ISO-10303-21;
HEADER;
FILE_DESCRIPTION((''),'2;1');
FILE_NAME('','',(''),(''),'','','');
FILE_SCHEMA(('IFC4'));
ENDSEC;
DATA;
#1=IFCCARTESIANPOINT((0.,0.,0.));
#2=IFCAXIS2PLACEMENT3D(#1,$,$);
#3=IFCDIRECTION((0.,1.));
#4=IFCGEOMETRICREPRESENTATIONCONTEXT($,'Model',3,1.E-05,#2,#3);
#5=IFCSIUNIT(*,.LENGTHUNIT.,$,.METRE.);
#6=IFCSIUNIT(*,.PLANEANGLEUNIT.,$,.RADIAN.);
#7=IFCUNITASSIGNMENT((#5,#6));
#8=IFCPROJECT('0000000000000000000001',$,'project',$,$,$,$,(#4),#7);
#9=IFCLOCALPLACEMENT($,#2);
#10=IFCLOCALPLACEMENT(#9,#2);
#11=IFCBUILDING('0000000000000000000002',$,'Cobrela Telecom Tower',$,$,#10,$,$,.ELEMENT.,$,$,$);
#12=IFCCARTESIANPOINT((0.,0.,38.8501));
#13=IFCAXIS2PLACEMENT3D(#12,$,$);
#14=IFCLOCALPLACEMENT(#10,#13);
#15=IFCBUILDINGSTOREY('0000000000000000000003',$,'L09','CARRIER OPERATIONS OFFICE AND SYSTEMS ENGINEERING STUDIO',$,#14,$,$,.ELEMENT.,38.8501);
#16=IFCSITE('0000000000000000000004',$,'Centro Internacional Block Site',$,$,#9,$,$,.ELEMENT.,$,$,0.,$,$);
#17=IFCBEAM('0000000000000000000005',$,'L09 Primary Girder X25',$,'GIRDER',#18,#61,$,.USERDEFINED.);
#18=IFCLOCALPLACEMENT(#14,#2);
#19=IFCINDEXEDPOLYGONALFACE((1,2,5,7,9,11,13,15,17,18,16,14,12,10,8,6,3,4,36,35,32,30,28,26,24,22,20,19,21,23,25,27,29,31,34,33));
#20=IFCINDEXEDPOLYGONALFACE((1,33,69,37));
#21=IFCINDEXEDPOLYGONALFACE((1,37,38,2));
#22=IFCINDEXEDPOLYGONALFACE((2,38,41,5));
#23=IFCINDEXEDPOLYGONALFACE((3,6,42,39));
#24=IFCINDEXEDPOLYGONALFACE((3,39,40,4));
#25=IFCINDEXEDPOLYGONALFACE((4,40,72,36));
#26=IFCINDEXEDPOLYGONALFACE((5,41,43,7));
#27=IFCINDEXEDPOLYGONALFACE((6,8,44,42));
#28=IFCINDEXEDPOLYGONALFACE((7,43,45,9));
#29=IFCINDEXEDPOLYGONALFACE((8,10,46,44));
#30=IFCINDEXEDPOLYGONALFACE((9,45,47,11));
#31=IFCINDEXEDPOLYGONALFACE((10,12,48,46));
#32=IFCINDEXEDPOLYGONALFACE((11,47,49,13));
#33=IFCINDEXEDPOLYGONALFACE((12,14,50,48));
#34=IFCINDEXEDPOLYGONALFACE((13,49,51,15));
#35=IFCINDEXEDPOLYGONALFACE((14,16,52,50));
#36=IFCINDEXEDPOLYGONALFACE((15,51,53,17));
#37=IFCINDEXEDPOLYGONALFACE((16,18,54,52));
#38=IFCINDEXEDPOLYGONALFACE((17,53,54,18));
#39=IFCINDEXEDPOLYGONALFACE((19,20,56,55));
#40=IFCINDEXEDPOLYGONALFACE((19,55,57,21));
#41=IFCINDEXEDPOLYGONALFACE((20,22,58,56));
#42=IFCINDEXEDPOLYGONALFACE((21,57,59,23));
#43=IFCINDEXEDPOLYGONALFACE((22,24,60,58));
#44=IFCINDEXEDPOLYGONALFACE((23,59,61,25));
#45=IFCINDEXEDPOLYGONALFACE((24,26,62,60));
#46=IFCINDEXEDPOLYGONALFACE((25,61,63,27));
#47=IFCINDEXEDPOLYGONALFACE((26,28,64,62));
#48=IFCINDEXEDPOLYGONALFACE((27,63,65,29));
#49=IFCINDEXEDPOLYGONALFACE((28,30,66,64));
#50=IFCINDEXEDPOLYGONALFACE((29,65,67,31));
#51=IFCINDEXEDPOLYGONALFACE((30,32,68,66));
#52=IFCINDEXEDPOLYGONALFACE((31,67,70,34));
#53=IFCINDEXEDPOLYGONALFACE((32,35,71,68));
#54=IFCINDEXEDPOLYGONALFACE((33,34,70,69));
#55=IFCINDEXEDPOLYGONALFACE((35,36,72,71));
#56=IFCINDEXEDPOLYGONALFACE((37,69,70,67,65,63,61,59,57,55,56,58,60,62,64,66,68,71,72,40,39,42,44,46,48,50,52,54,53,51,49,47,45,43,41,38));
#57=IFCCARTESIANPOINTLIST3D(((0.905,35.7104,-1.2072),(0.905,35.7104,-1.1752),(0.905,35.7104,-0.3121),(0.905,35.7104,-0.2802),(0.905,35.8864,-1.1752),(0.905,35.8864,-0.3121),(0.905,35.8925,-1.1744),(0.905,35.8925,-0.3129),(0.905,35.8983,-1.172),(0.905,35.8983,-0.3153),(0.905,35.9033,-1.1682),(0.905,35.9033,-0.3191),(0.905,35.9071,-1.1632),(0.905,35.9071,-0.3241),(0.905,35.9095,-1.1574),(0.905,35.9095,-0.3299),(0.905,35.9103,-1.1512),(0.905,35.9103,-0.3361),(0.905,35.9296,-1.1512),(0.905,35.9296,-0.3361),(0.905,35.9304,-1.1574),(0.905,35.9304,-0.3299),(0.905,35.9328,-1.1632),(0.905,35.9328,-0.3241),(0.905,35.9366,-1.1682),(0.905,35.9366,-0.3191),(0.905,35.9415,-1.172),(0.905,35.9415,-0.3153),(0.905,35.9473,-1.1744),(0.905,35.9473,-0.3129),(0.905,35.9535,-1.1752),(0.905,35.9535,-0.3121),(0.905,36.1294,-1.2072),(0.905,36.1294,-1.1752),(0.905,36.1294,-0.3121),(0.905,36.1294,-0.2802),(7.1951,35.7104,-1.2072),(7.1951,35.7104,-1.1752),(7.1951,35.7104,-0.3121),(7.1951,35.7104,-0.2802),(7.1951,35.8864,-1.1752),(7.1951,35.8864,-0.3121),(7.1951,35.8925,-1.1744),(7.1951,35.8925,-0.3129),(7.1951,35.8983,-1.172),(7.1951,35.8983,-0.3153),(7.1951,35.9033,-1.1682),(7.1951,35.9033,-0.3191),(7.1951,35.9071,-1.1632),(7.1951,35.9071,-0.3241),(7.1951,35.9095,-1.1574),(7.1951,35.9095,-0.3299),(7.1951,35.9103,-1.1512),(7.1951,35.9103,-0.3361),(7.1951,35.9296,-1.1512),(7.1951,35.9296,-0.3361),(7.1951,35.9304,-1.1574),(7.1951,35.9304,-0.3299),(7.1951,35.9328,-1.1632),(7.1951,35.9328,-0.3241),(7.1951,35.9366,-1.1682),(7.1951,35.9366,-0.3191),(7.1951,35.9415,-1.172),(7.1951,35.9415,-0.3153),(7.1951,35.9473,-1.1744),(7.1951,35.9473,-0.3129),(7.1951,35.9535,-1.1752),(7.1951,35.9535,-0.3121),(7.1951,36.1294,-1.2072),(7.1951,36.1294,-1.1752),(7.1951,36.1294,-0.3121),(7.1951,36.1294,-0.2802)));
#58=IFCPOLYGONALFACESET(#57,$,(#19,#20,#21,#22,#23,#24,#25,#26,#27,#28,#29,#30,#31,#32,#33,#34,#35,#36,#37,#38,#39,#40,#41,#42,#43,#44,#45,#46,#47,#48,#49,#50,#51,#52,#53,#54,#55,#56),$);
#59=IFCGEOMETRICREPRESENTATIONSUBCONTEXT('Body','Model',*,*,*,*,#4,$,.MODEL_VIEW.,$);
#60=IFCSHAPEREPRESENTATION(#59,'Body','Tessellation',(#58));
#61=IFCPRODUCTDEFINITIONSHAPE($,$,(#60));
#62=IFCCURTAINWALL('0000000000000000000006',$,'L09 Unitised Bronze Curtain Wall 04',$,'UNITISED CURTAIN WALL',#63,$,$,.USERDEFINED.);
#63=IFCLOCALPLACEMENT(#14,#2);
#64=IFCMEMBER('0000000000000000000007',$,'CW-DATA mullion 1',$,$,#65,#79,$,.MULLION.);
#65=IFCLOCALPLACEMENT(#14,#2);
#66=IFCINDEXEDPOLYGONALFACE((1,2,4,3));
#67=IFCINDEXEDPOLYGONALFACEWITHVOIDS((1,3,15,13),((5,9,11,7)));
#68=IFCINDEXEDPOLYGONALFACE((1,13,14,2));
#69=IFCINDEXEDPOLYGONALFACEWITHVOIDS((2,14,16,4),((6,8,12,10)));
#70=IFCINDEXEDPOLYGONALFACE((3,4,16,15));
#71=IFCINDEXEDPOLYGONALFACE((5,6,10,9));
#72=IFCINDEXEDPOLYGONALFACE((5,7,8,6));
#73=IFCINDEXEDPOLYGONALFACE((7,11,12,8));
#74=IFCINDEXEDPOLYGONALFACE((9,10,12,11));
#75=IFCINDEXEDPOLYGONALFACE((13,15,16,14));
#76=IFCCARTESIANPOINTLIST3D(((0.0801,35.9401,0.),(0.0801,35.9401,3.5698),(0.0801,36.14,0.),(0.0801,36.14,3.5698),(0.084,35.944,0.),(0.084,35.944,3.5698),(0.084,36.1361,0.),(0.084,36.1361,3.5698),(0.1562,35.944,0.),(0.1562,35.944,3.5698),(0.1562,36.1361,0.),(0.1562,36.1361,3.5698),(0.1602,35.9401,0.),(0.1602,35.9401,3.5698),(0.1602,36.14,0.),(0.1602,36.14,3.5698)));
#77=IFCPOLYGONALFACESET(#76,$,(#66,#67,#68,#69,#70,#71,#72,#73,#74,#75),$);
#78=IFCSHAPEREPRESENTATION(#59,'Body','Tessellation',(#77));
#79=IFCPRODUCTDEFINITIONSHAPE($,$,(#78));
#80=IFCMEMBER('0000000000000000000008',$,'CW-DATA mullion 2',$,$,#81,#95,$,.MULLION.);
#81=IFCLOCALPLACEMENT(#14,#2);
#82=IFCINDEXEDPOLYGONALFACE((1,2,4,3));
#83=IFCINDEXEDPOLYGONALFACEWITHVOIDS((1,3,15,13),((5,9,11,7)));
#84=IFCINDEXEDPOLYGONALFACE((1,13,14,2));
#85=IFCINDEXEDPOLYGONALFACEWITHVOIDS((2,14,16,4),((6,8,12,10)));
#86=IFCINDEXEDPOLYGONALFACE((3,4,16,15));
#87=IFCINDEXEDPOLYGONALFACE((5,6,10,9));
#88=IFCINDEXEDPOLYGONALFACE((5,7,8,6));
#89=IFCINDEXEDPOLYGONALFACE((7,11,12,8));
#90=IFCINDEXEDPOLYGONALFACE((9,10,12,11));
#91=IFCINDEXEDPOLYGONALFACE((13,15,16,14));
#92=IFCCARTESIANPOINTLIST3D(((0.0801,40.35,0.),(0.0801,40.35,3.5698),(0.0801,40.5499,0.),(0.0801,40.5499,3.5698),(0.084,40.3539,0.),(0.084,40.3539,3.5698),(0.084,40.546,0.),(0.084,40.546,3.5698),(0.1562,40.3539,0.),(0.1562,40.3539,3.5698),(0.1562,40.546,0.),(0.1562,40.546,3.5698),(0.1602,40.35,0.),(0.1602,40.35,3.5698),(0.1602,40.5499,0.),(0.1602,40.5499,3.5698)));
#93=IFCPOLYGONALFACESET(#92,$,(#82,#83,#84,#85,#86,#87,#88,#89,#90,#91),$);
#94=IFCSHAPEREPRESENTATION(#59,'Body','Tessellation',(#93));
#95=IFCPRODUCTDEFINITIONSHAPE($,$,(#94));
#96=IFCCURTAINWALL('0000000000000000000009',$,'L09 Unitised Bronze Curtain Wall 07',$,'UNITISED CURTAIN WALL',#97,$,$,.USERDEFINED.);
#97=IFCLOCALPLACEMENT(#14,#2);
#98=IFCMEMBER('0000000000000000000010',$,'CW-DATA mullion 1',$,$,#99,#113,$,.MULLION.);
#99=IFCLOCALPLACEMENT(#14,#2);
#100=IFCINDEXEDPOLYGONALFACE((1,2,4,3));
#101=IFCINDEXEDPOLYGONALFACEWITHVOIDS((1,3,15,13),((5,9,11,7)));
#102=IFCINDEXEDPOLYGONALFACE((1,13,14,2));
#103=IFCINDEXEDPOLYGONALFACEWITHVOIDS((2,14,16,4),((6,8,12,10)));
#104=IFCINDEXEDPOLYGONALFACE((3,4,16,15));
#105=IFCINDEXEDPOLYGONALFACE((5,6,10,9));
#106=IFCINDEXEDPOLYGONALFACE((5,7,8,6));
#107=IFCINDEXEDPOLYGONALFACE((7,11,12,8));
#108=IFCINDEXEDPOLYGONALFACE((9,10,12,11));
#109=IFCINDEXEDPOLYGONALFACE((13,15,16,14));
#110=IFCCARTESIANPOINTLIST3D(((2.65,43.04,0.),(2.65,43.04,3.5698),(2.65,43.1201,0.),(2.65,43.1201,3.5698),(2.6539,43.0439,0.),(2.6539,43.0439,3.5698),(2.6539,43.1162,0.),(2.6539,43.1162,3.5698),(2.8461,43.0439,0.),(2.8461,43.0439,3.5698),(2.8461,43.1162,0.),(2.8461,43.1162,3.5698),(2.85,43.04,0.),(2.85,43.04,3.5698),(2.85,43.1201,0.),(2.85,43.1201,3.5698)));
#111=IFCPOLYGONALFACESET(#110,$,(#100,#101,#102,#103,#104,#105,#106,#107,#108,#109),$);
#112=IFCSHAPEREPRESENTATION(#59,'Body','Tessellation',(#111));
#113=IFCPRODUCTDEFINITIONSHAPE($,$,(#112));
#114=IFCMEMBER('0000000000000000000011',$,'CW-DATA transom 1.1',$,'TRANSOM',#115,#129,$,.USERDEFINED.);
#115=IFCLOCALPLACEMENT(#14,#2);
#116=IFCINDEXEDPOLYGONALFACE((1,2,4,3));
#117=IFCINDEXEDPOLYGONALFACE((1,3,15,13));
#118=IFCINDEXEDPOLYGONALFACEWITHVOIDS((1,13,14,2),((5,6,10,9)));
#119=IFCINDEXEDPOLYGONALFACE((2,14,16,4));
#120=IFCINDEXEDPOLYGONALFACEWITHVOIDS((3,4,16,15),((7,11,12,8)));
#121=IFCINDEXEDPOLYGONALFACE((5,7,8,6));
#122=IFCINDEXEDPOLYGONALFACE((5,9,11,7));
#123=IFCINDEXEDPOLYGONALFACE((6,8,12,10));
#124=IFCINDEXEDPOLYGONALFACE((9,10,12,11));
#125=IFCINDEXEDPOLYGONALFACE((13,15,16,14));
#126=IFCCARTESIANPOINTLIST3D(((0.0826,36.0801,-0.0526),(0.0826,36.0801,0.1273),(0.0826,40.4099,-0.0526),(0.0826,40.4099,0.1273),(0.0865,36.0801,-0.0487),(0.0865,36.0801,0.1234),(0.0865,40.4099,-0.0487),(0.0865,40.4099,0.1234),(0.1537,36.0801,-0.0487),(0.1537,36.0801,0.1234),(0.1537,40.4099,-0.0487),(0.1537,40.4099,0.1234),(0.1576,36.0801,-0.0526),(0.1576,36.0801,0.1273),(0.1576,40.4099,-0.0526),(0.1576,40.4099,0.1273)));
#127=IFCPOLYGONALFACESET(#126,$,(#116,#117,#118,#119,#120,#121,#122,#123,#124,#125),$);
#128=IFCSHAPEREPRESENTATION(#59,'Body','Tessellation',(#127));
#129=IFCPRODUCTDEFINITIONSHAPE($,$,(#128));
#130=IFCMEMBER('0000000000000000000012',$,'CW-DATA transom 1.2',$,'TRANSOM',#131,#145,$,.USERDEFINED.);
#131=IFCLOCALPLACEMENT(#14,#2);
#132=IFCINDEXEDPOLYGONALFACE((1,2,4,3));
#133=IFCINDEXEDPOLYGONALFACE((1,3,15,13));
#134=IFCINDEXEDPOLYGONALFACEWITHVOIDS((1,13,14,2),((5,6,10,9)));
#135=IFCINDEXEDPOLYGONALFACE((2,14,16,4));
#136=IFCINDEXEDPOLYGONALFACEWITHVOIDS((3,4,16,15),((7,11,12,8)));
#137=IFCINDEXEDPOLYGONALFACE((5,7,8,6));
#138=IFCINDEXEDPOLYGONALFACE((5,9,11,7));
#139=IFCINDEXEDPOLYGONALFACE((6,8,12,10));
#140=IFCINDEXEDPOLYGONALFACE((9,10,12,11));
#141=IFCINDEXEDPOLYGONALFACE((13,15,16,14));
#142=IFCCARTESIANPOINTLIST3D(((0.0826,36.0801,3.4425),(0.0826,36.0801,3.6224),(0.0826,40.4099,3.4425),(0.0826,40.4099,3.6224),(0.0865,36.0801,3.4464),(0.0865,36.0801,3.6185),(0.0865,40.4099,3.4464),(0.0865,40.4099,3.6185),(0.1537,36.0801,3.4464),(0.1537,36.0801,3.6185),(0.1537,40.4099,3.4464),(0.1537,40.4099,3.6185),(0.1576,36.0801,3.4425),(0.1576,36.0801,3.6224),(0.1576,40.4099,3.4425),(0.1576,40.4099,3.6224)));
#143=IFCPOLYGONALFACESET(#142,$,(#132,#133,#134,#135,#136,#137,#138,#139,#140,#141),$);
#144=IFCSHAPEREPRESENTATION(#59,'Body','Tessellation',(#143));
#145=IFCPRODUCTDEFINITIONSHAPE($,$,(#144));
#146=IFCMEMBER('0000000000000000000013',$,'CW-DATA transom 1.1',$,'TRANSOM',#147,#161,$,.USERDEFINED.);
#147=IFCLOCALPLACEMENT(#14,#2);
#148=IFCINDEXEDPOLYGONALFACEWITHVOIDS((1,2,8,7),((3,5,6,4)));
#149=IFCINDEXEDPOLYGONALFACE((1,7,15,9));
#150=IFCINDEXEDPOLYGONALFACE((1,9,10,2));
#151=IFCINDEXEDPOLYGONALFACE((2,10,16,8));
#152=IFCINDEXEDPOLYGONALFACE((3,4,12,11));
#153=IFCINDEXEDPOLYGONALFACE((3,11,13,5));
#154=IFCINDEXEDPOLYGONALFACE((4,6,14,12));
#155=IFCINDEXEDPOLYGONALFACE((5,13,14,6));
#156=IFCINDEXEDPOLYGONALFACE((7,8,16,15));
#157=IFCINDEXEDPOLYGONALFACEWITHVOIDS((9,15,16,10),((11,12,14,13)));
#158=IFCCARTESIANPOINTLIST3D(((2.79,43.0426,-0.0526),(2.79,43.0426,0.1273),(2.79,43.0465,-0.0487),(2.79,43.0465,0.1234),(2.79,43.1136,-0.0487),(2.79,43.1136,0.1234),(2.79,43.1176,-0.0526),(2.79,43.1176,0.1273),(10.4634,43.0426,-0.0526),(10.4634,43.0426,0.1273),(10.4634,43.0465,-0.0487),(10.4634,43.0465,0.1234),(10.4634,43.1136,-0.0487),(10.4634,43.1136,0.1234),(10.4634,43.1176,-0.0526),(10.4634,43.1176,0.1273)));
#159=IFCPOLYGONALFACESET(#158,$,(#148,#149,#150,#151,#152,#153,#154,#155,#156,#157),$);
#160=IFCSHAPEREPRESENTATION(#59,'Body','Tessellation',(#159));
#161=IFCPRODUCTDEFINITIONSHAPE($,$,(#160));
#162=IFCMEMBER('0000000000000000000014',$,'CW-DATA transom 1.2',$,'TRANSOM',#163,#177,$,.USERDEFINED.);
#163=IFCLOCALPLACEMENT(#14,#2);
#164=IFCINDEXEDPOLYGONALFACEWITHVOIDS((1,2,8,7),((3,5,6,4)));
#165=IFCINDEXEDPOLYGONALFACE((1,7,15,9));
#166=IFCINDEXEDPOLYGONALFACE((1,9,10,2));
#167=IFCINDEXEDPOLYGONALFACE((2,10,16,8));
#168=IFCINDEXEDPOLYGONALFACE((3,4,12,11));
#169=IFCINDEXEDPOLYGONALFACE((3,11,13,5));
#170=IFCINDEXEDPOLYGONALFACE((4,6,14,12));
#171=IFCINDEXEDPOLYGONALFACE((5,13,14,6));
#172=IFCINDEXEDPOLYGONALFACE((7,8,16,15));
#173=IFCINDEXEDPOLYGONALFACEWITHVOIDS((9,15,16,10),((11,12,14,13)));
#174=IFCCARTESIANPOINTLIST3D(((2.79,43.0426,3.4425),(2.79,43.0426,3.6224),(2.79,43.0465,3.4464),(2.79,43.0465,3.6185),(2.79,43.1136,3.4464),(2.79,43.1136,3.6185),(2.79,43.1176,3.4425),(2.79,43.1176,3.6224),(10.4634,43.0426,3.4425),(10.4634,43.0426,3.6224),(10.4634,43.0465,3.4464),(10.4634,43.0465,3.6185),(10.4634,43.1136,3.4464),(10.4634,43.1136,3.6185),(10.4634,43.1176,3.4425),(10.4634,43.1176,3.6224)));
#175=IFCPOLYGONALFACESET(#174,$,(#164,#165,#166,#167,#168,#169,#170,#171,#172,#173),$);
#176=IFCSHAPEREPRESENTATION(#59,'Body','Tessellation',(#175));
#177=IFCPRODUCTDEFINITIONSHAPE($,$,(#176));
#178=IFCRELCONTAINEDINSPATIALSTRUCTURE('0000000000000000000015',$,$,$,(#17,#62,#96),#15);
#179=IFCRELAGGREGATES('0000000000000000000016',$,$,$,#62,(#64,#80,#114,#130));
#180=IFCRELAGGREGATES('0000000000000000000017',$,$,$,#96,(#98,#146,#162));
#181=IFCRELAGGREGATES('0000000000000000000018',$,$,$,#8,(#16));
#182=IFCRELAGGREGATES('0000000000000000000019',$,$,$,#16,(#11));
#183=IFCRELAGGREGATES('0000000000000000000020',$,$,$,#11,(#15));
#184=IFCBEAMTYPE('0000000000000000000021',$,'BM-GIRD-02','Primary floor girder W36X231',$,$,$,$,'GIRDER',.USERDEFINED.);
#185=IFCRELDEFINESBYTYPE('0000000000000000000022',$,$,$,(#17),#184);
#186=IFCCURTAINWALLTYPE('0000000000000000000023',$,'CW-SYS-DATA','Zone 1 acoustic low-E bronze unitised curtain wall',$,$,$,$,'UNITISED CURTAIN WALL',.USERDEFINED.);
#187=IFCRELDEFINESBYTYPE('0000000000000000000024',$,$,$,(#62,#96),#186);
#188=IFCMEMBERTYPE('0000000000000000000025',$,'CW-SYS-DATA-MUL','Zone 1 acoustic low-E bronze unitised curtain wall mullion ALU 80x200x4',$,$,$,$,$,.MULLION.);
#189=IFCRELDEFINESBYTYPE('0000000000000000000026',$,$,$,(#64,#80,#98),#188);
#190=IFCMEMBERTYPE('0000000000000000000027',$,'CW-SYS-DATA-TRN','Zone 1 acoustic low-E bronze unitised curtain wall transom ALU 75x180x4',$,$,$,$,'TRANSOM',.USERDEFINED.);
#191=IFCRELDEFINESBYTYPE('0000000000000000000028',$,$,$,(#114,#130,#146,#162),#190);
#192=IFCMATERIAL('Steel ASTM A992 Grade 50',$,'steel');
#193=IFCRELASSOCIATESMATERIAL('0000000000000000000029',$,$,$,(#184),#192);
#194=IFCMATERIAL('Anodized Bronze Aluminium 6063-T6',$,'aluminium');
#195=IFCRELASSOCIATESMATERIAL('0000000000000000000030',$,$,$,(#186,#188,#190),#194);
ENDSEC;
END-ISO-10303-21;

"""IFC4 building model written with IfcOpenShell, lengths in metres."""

from ifc_helpers import new_model, si_unit, direction, frame, origin, origin_2d, place, context, subcontext, project, spatial, hollow_rectangle, i_section, extrude, material, material_profile, profile_set, type_object, element, aggregate, save


model = new_model("IFC4")

# Units and contexts
model_context = context("Model", 3, precision=1e-05, world=origin(), true_north=direction((0.0, 1.0)))
body_context = subcontext(model_context, "Body", "Model", "MODEL_VIEW")
ifc_project = project(units=[si_unit("LENGTHUNIT", "METRE"), si_unit("PLANEANGLEUNIT", "RADIAN")], contexts=[model_context])

# Site, building, storey
site_placement = place(None, origin())
site = spatial("IfcSite", under=ifc_project, at=site_placement, Name="Centro Internacional Block Site", CompositionType="ELEMENT", RefElevation=0.0)
building_placement = place(site_placement, origin())
building = spatial("IfcBuilding", under=site, at=building_placement, Name="Cobrela Telecom Tower", CompositionType="ELEMENT")
storey_placement = place(building_placement, frame((0.0, 0.0, 38.8501)))
storey = spatial("IfcBuildingStorey", under=building, at=storey_placement, Name="L09", Description="CARRIER OPERATIONS OFFICE AND SYSTEMS ENGINEERING STUDIO", CompositionType="ELEMENT", Elevation=38.8501)

# Beam
ifc_material_1 = material(Name="Steel ASTM A992 Grade 50", Category="steel")
ifc_material_profile_1 = material_profile(ifc_material_1, i_section(OverallWidth=0.4189, OverallDepth=0.927, WebThickness=0.0193, FlangeThickness=0.032, FilletRadius=0.0239, at=origin_2d()), Name="W36X231")
ifc_profile_set_1 = profile_set([ifc_material_profile_1], Name="Steel ASTM A992 Grade 50")
beam_type = type_object("IfcBeamType", Name="BM-GIRD-02", Description="Primary floor girder W36X231", ElementType="GIRDER", PredefinedType="USERDEFINED", material=ifc_profile_set_1)
beam_placement = place(storey_placement, frame((0.905, 35.9199, -0.7437), z_axis=(1.0, 0.0, 0.0), x_axis=(0.0, 1.0, 0.0)))
element("IfcBeam", 1, at=beam_placement, inside=storey, type_object=beam_type, Name="L09 Primary Girder X25", ObjectType="GIRDER", PredefinedType="USERDEFINED", context=body_context, shape_type="SweptSolid", body=[
    extrude(i_section(OverallWidth=0.4189, OverallDepth=0.927, WebThickness=0.0193, FlangeThickness=0.032, FilletRadius=0.0239, at=origin_2d()), origin(), (0.0, 0.0, 1.0), 6.29),
])

# Curtain wall, members
ifc_material_2 = material(Name="Anodized Bronze Aluminium 6063-T6", Category="aluminium")
curtain_wall_type = type_object("IfcCurtainWallType", Name="CW-SYS-DATA", Description="Zone 1 acoustic low-E bronze unitised curtain wall", ElementType="UNITISED CURTAIN WALL", PredefinedType="USERDEFINED", material=ifc_material_2)
curtain_wall_1_placement = place(storey_placement, origin())
curtain_wall_1 = element("IfcCurtainWall", 2, at=curtain_wall_1_placement, inside=storey, type_object=curtain_wall_type, Name="L09 Unitised Bronze Curtain Wall 04", ObjectType="UNITISED CURTAIN WALL", PredefinedType="USERDEFINED")
ifc_material_profile_2 = material_profile(ifc_material_2, hollow_rectangle(XDim=0.0801, YDim=0.2, WallThickness=0.0039, at=origin_2d()), Name="ALU 80x200x4")
ifc_profile_set_2 = profile_set([ifc_material_profile_2], Name="Anodized Bronze Aluminium 6063-T6")
member_type_1 = type_object("IfcMemberType", Name="CW-SYS-DATA-MUL", Description="Zone 1 acoustic low-E bronze unitised curtain wall mullion ALU 80x200x4", PredefinedType="MULLION", material=ifc_profile_set_2)
member_1_placement = place(storey_placement, frame((0.1201, 36.04, 0.0), z_axis=(0.0, 0.0, 1.0), x_axis=(-1.0, 0.0, 0.0)))
member_1 = element("IfcMember", 3, at=member_1_placement, type_object=member_type_1, Name="CW-DATA mullion 1", PredefinedType="MULLION", context=body_context, shape_type="SweptSolid", body=[
    extrude(hollow_rectangle(XDim=0.0801, YDim=0.2, WallThickness=0.0039, at=origin_2d()), origin(), (0.0, 0.0, 1.0), 3.5698),
])
member_2_placement = place(storey_placement, frame((0.1201, 40.45, 0.0), z_axis=(0.0, 0.0, 1.0), x_axis=(-1.0, 0.0, 0.0)))
member_2 = element("IfcMember", 4, at=member_2_placement, type_object=member_type_1, Name="CW-DATA mullion 2", PredefinedType="MULLION", context=body_context, shape_type="SweptSolid", body=[
    extrude(hollow_rectangle(XDim=0.0801, YDim=0.2, WallThickness=0.0039, at=origin_2d()), origin(), (0.0, 0.0, 1.0), 3.5698),
])

# Curtain wall, member
curtain_wall_2_placement = place(storey_placement, origin())
curtain_wall_2 = element("IfcCurtainWall", 5, at=curtain_wall_2_placement, inside=storey, type_object=curtain_wall_type, Name="L09 Unitised Bronze Curtain Wall 07", ObjectType="UNITISED CURTAIN WALL", PredefinedType="USERDEFINED")
member_3_placement = place(storey_placement, frame((2.75, 43.0801, 0.0), z_axis=(0.0, 0.0, 1.0), x_axis=(0.0, 1.0, 0.0)))
member_3 = element("IfcMember", 6, at=member_3_placement, type_object=member_type_1, Name="CW-DATA mullion 1", PredefinedType="MULLION", context=body_context, shape_type="SweptSolid", body=[
    extrude(hollow_rectangle(XDim=0.0801, YDim=0.2, WallThickness=0.0039, at=origin_2d()), origin(), (0.0, 0.0, 1.0), 3.5698),
])

# Members
ifc_material_profile_3 = material_profile(ifc_material_2, hollow_rectangle(XDim=0.075, YDim=0.1799, WallThickness=0.0039, at=origin_2d()), Name="ALU 75x180x4")
ifc_profile_set_3 = profile_set([ifc_material_profile_3], Name="Anodized Bronze Aluminium 6063-T6")
member_type_2 = type_object("IfcMemberType", Name="CW-SYS-DATA-TRN", Description="Zone 1 acoustic low-E bronze unitised curtain wall transom ALU 75x180x4", ElementType="TRANSOM", PredefinedType="USERDEFINED", material=ifc_profile_set_3)
member_4_placement = place(storey_placement, frame((0.1201, 36.0801, 0.0374), z_axis=(0.0, 1.0, 0.0), x_axis=(-1.0, 0.0, 0.0)))
member_4 = element("IfcMember", 7, at=member_4_placement, type_object=member_type_2, Name="CW-DATA transom 1.1", ObjectType="TRANSOM", PredefinedType="USERDEFINED", context=body_context, shape_type="SweptSolid", body=[
    extrude(hollow_rectangle(XDim=0.075, YDim=0.1799, WallThickness=0.0039, at=origin_2d()), origin(), (0.0, 0.0, 1.0), 4.3298),
])
member_5_placement = place(storey_placement, frame((0.1201, 36.0801, 3.5325), z_axis=(0.0, 1.0, 0.0), x_axis=(-1.0, 0.0, 0.0)))
member_5 = element("IfcMember", 8, at=member_5_placement, type_object=member_type_2, Name="CW-DATA transom 1.2", ObjectType="TRANSOM", PredefinedType="USERDEFINED", context=body_context, shape_type="SweptSolid", body=[
    extrude(hollow_rectangle(XDim=0.075, YDim=0.1799, WallThickness=0.0039, at=origin_2d()), origin(), (0.0, 0.0, 1.0), 4.3298),
])
member_6_placement = place(storey_placement, frame((2.79, 43.0801, 0.0374), z_axis=(1.0, 0.0, 0.0), x_axis=(0.0, 1.0, 0.0)))
member_6 = element("IfcMember", 9, at=member_6_placement, type_object=member_type_2, Name="CW-DATA transom 1.1", ObjectType="TRANSOM", PredefinedType="USERDEFINED", context=body_context, shape_type="SweptSolid", body=[
    extrude(hollow_rectangle(XDim=0.075, YDim=0.1799, WallThickness=0.0039, at=origin_2d()), origin(), (0.0, 0.0, 1.0), 7.6733),
])
member_7_placement = place(storey_placement, frame((2.79, 43.0801, 3.5325), z_axis=(1.0, 0.0, 0.0), x_axis=(0.0, 1.0, 0.0)))
member_7 = element("IfcMember", 10, at=member_7_placement, type_object=member_type_2, Name="CW-DATA transom 1.2", ObjectType="TRANSOM", PredefinedType="USERDEFINED", context=body_context, shape_type="SweptSolid", body=[
    extrude(hollow_rectangle(XDim=0.075, YDim=0.1799, WallThickness=0.0039, at=origin_2d()), origin(), (0.0, 0.0, 1.0), 7.6733),
])

aggregate(curtain_wall_1, [member_1, member_2, member_4, member_5])
aggregate(curtain_wall_2, [member_3, member_6, member_7])

save(model, "model.ifc")
